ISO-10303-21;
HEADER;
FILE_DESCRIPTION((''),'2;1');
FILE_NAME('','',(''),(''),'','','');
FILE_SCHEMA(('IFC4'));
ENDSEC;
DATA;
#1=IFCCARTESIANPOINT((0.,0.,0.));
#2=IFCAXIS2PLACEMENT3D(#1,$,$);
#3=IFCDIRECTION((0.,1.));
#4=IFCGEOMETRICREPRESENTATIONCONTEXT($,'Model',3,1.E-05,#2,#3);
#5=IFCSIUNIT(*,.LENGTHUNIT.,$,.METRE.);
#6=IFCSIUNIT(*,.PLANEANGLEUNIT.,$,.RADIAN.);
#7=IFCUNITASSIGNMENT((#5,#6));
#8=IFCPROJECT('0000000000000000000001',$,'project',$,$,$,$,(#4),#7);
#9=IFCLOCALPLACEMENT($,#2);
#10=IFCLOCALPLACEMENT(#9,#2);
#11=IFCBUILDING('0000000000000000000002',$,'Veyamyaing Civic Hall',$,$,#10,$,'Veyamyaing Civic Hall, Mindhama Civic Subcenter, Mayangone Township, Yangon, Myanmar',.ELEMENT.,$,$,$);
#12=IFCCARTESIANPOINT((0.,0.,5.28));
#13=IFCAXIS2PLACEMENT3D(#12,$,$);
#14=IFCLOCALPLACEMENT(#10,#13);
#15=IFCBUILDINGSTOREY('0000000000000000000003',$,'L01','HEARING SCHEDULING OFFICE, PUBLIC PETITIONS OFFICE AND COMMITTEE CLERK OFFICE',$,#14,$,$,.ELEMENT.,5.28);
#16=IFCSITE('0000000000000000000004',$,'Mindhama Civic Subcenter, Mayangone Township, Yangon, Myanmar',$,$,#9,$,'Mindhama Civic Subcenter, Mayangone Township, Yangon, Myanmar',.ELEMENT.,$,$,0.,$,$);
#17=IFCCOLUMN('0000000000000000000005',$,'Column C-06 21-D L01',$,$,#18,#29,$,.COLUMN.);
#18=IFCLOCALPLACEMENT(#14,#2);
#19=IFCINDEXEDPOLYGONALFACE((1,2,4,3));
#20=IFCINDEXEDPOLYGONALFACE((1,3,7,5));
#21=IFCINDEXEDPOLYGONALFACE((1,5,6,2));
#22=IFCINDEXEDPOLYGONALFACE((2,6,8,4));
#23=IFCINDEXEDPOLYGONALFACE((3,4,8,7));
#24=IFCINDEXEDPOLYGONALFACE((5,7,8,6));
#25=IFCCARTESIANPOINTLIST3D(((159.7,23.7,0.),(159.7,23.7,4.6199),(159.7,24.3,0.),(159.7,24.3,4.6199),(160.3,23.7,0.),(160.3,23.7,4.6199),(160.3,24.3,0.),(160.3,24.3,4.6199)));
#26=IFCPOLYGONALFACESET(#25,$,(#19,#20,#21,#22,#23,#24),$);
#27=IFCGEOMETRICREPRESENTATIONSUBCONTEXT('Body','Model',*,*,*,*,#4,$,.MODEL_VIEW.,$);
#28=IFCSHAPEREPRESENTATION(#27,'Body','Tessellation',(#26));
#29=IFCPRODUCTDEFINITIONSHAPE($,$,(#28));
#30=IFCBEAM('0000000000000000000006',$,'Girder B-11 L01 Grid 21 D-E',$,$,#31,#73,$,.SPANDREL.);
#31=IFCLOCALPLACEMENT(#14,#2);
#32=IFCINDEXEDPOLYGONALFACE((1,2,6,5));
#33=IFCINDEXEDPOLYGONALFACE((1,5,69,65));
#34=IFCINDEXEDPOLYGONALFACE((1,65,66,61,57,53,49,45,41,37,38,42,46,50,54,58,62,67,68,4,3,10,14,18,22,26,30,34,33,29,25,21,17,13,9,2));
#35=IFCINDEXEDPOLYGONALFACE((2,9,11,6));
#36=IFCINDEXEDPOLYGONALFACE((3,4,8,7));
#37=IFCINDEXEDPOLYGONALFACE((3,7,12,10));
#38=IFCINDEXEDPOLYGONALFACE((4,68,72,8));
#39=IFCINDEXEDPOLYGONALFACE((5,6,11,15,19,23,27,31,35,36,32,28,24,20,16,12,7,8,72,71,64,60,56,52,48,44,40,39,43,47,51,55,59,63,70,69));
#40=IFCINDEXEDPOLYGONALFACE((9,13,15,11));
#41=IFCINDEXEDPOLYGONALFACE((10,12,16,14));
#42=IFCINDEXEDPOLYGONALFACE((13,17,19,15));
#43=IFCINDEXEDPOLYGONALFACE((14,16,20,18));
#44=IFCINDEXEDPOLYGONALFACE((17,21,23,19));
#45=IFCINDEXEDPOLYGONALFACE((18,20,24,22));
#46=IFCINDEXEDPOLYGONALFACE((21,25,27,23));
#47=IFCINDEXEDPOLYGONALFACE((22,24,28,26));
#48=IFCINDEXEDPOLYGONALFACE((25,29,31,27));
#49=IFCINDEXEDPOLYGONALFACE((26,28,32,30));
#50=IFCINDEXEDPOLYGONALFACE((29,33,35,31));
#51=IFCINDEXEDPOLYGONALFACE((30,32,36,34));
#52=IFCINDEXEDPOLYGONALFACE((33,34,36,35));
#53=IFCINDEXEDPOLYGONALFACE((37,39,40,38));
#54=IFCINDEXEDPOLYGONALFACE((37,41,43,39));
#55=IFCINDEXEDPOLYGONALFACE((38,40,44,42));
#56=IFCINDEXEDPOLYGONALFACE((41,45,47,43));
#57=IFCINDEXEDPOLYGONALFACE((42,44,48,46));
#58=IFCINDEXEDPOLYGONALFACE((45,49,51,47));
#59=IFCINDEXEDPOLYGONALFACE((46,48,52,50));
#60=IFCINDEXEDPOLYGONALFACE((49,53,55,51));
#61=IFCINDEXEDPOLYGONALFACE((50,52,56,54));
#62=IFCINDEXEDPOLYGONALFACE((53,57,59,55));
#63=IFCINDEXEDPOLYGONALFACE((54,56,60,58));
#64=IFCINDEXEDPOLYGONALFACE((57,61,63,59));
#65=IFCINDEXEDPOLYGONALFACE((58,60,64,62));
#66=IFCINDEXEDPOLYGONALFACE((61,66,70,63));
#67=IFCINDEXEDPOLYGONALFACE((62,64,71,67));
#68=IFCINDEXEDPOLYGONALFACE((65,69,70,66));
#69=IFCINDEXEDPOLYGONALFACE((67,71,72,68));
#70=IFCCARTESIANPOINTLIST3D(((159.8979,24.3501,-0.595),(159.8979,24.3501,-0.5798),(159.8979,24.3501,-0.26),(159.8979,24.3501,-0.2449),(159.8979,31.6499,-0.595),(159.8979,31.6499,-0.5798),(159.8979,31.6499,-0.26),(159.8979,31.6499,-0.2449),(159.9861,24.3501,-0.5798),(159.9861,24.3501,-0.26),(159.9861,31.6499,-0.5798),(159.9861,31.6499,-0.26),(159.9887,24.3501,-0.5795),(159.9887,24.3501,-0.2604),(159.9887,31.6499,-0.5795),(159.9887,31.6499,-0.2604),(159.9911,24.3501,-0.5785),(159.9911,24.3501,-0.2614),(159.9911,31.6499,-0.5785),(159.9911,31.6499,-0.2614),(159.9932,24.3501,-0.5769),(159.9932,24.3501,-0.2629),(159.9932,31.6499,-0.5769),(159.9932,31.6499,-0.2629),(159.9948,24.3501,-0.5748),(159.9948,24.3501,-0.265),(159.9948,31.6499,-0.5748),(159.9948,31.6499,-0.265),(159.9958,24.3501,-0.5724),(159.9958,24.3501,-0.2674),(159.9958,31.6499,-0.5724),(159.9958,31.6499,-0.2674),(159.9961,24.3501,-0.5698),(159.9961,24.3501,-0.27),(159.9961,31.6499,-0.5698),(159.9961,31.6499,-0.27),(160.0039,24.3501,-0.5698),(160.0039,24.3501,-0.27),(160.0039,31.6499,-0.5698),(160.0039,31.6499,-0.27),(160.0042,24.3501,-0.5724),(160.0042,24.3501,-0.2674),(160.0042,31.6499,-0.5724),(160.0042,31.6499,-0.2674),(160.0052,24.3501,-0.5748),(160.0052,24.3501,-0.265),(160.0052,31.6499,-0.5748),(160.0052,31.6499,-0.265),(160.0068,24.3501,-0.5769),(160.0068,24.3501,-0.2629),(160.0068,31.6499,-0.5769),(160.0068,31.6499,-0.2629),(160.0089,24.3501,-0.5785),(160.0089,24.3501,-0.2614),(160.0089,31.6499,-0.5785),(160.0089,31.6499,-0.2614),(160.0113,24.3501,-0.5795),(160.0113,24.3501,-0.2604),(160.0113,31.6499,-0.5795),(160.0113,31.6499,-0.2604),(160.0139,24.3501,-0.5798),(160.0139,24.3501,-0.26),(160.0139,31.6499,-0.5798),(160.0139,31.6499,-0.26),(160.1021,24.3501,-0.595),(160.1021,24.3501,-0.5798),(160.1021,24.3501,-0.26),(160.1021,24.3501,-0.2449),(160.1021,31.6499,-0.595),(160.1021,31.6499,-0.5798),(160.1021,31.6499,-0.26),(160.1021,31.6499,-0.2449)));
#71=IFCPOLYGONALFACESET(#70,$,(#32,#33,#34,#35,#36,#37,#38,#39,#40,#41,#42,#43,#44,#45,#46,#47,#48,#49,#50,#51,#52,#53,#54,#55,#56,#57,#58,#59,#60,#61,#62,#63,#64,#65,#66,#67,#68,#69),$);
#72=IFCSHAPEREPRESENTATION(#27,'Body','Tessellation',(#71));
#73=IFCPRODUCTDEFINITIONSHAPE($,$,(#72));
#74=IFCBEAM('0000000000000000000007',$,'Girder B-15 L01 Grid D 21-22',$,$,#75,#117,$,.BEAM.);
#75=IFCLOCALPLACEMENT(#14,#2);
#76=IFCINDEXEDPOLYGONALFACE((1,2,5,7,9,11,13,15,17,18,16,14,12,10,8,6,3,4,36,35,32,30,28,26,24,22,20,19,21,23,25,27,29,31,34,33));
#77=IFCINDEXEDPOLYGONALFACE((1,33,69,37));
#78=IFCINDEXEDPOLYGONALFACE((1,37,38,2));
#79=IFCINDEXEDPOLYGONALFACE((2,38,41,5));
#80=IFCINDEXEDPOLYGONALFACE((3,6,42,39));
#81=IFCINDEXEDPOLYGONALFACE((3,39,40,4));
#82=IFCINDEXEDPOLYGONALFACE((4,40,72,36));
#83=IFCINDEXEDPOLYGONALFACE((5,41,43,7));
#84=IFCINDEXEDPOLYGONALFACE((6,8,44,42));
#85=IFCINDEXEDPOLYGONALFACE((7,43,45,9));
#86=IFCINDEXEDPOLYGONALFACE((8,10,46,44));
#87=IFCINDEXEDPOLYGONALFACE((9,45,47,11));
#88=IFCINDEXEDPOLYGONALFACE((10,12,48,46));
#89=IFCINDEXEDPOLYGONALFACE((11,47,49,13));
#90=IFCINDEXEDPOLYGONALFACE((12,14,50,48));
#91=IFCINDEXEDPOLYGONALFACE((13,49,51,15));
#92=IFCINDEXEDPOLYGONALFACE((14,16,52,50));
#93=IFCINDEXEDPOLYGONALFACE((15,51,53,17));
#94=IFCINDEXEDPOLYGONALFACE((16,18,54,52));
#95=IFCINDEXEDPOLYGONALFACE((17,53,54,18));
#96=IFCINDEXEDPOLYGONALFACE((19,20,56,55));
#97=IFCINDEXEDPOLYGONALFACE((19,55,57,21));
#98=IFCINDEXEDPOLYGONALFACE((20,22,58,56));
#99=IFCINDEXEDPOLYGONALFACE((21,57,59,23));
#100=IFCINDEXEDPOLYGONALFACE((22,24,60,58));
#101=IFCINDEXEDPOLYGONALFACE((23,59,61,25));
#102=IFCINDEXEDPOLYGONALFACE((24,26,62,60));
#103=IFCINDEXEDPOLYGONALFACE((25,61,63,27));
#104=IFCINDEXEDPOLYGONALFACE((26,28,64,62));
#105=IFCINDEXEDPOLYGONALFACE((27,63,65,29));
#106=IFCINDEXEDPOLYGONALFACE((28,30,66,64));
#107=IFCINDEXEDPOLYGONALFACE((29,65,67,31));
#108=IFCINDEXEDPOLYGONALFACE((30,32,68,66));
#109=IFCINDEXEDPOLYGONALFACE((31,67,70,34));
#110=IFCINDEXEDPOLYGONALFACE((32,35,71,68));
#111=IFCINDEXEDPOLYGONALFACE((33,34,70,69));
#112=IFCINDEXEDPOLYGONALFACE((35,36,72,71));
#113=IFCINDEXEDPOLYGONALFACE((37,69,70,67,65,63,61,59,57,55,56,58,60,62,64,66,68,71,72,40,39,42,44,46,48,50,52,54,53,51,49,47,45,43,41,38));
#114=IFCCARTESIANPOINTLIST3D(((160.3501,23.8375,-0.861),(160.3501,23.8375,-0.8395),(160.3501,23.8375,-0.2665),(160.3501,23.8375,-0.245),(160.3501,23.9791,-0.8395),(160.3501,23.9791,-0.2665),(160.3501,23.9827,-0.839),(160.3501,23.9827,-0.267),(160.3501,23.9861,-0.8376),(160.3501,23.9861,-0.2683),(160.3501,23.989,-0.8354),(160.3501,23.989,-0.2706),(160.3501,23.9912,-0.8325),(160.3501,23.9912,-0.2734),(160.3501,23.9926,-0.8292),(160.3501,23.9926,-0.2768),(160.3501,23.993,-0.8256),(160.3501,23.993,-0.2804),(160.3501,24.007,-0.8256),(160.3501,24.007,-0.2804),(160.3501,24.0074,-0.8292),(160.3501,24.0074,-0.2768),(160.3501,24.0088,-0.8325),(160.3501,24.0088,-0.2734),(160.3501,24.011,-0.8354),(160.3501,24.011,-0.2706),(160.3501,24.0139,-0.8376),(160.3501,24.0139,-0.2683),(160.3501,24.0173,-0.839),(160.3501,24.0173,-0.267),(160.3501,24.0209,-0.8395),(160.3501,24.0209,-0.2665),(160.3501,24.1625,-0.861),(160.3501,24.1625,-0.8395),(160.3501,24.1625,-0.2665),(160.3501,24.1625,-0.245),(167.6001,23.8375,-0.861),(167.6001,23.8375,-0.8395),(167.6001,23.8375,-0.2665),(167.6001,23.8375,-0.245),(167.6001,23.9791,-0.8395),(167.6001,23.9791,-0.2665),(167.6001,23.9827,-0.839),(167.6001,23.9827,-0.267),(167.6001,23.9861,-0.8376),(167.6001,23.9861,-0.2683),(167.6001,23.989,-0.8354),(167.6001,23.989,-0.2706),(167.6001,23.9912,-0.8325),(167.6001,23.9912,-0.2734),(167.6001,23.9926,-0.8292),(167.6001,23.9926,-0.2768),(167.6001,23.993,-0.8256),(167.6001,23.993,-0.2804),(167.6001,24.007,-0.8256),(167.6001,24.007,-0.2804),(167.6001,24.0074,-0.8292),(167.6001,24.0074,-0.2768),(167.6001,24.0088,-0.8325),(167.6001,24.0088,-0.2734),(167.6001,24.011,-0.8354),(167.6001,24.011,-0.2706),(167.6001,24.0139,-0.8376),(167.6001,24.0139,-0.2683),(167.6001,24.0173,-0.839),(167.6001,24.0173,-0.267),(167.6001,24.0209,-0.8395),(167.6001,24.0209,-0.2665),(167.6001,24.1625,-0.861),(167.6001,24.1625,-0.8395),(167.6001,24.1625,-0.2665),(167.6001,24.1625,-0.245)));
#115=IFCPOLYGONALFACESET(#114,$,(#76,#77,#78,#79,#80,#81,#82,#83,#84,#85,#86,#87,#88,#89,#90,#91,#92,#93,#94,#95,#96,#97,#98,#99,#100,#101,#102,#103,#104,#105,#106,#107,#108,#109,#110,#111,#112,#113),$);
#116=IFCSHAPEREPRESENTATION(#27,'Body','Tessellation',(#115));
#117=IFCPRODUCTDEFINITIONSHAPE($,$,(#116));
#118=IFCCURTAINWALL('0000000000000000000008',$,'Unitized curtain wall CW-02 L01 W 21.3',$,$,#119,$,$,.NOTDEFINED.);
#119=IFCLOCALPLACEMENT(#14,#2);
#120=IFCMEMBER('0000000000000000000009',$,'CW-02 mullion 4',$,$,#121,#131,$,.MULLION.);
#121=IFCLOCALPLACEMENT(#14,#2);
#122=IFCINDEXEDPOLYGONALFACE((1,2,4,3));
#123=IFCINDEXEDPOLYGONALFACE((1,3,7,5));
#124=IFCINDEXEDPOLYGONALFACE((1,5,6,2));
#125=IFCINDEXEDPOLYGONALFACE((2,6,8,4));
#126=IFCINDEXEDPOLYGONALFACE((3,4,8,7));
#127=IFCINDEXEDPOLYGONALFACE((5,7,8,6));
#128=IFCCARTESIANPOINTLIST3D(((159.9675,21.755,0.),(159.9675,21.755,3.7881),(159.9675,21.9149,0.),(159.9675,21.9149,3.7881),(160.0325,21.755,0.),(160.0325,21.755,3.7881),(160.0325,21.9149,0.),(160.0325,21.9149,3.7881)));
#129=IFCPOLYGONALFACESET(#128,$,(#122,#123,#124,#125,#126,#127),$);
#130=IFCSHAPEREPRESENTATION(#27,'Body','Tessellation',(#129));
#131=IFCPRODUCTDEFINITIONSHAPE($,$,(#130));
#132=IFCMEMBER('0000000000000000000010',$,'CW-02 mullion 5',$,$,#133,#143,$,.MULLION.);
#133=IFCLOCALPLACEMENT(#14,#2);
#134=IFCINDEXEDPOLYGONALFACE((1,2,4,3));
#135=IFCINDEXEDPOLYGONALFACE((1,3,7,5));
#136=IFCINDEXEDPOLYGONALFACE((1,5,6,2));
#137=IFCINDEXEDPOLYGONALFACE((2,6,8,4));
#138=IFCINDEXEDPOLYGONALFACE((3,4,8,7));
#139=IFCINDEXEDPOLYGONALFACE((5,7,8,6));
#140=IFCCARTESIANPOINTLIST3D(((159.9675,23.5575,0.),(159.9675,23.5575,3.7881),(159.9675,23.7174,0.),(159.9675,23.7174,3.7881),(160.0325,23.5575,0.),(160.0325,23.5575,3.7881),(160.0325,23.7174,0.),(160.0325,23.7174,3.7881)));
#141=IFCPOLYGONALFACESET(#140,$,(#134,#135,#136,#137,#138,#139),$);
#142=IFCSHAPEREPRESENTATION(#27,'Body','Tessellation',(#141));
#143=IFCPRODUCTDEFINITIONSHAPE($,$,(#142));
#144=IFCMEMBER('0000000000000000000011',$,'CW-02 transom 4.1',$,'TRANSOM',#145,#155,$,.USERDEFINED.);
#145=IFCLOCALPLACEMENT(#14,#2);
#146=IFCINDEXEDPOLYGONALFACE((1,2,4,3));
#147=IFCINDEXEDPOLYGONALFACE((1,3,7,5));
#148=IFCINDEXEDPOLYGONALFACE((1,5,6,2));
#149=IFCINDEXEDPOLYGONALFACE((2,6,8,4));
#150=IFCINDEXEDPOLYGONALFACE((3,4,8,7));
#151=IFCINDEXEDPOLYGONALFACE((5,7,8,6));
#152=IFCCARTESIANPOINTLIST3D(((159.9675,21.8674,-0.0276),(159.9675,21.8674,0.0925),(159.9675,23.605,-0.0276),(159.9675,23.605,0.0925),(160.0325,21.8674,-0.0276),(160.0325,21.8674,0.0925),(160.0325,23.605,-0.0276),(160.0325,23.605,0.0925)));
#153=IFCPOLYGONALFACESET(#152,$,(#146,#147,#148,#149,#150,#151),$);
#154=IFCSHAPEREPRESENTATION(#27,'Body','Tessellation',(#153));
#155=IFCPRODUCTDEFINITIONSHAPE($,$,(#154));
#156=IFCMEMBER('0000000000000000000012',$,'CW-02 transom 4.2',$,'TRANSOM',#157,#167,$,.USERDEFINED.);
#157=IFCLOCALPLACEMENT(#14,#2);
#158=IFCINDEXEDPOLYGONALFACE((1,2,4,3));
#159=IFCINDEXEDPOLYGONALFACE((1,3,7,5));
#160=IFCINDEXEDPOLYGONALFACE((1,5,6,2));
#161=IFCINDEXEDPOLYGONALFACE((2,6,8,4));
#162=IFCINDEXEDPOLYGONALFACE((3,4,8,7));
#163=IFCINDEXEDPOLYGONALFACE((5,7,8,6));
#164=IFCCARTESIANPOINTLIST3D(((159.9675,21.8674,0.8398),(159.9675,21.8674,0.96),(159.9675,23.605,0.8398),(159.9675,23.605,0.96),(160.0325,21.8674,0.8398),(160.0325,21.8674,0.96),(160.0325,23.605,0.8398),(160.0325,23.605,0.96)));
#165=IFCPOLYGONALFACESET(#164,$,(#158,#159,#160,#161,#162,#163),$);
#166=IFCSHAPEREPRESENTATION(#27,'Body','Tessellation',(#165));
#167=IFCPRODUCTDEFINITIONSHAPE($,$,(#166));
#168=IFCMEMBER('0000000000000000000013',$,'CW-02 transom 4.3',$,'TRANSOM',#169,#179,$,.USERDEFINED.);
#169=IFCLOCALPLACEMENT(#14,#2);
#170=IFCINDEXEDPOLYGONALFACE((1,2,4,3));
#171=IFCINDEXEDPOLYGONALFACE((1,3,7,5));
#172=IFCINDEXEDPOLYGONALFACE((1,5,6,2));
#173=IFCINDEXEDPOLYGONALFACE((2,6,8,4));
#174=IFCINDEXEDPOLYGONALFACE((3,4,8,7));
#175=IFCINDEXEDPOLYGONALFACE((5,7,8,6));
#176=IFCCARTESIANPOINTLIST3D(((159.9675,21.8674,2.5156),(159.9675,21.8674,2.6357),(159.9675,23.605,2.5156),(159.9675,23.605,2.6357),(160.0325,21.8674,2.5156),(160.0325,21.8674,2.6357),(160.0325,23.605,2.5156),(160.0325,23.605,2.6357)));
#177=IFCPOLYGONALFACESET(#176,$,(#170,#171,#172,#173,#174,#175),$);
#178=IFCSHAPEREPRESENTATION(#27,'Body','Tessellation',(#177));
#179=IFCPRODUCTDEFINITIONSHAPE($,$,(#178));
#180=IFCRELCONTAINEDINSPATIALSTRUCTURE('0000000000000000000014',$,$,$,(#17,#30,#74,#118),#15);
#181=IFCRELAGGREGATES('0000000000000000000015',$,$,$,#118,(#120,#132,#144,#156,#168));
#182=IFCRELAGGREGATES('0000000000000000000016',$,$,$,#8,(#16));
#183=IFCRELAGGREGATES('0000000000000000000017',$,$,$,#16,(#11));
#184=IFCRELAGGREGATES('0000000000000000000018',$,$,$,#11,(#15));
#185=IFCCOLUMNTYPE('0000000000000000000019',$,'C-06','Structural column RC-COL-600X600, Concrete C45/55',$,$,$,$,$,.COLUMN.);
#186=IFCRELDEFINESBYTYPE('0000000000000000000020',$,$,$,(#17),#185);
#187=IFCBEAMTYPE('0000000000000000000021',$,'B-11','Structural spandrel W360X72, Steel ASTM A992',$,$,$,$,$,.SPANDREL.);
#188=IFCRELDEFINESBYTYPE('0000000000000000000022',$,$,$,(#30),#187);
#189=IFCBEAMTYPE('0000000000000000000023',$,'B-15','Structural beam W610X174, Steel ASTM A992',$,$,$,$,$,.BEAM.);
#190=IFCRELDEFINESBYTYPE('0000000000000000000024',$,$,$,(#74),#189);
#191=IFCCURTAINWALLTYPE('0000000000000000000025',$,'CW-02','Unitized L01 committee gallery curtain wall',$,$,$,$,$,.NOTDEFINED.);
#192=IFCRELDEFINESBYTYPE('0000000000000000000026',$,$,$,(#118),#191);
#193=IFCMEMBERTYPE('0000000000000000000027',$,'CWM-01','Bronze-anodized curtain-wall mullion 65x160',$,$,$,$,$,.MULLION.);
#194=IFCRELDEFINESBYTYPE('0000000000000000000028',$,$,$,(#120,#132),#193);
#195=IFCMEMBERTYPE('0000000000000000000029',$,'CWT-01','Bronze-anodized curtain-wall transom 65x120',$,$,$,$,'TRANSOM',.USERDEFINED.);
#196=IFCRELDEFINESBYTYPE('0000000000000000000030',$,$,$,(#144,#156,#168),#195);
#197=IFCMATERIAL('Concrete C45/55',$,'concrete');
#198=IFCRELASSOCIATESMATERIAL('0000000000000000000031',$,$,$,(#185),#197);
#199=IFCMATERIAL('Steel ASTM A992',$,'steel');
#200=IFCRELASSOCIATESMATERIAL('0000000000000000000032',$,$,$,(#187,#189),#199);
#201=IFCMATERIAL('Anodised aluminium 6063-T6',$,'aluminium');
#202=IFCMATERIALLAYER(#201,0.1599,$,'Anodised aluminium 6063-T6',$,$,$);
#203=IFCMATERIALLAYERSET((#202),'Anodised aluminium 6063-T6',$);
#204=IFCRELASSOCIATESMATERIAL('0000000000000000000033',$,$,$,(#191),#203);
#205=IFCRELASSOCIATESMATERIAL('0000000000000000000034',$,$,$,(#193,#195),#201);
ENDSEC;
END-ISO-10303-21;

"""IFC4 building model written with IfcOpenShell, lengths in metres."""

from ifc_helpers import new_model, si_unit, direction, frame, origin, origin_2d, place, context, subcontext, project, spatial, rectangle, i_section, extrude, material, layer, layer_set, material_profile, profile_set, type_object, element, aggregate, save


model = new_model("IFC4")

# Units and contexts
model_context = context("Model", 3, precision=1e-05, world=origin(), true_north=direction((0.0, 1.0)))
body_context = subcontext(model_context, "Body", "Model", "MODEL_VIEW")
ifc_project = project(units=[si_unit("LENGTHUNIT", "METRE"), si_unit("PLANEANGLEUNIT", "RADIAN")], contexts=[model_context])

# Site, building, storey
site_placement = place(None, origin())
site = spatial("IfcSite", under=ifc_project, at=site_placement, Name="Mindhama Civic Subcenter, Mayangone Township, Yangon, Myanmar", LongName="Mindhama Civic Subcenter, Mayangone Township, Yangon, Myanmar", CompositionType="ELEMENT", RefElevation=0.0)
building_placement = place(site_placement, origin())
building = spatial("IfcBuilding", under=site, at=building_placement, Name="Veyamyaing Civic Hall", LongName="Veyamyaing Civic Hall, Mindhama Civic Subcenter, Mayangone Township, Yangon, Myanmar", CompositionType="ELEMENT")
storey_placement = place(building_placement, frame((0.0, 0.0, 5.28)))
storey = spatial("IfcBuildingStorey", under=building, at=storey_placement, Name="L01", Description="HEARING SCHEDULING OFFICE, PUBLIC PETITIONS OFFICE AND COMMITTEE CLERK OFFICE", CompositionType="ELEMENT", Elevation=5.28)

# Column
ifc_material_1 = material(Name="Concrete C45/55", Category="concrete")
ifc_material_profile_1 = material_profile(ifc_material_1, rectangle(XDim=0.6001, YDim=0.6001, at=origin_2d()), Name="RC-COL-600X600")
ifc_profile_set_1 = profile_set([ifc_material_profile_1], Name="Concrete C45/55")
column_type = type_object("IfcColumnType", Name="C-06", Description="Structural column RC-COL-600X600, Concrete C45/55", PredefinedType="COLUMN", material=ifc_profile_set_1)
column_placement = place(storey_placement, frame((160.0, 24.0, 0.0), z_axis=(0.0, 0.0, 1.0), x_axis=(1.0, 0.0, 0.0)))
element("IfcColumn", 1, at=column_placement, inside=storey, type_object=column_type, Name="Column C-06 21-D L01", PredefinedType="COLUMN", context=body_context, shape_type="SweptSolid", body=[
    extrude(rectangle(XDim=0.6001, YDim=0.6001, at=origin_2d()), origin(), (0.0, 0.0, 1.0), 4.6199),
])

# Beams
ifc_material_2 = material(Name="Steel ASTM A992", Category="steel")
ifc_material_profile_2 = material_profile(ifc_material_2, i_section(OverallWidth=0.2041, OverallDepth=0.3501, WebThickness=0.0078, FlangeThickness=0.0151, FilletRadius=0.01, at=origin_2d()), Name="W360X72")
ifc_profile_set_2 = profile_set([ifc_material_profile_2], Name="Steel ASTM A992")
beam_type_1 = type_object("IfcBeamType", Name="B-11", Description="Structural spandrel W360X72, Steel ASTM A992", PredefinedType="SPANDREL", material=ifc_profile_set_2)
beam_1_placement = place(storey_placement, frame((160.0, 24.3501, -0.4199), z_axis=(0.0, 1.0, 0.0), x_axis=(-1.0, 0.0, 0.0)))
element("IfcBeam", 2, at=beam_1_placement, inside=storey, type_object=beam_type_1, Name="Girder B-11 L01 Grid 21 D-E", PredefinedType="SPANDREL", context=body_context, shape_type="SweptSolid", body=[
    extrude(i_section(OverallWidth=0.2041, OverallDepth=0.3501, WebThickness=0.0078, FlangeThickness=0.0151, FilletRadius=0.01, at=origin_2d()), origin(), (0.0, 0.0, 1.0), 7.2998),
])
ifc_material_profile_3 = material_profile(ifc_material_2, i_section(OverallWidth=0.325, OverallDepth=0.616, WebThickness=0.0139, FlangeThickness=0.0215, FilletRadius=0.0139, at=origin_2d()), Name="W610X174")
ifc_profile_set_3 = profile_set([ifc_material_profile_3], Name="Steel ASTM A992")
beam_type_2 = type_object("IfcBeamType", Name="B-15", Description="Structural beam W610X174, Steel ASTM A992", PredefinedType="BEAM", material=ifc_profile_set_3)
beam_2_placement = place(storey_placement, frame((160.3501, 24.0, -0.553), z_axis=(1.0, 0.0, 0.0), x_axis=(0.0, 1.0, 0.0)))
element("IfcBeam", 3, at=beam_2_placement, inside=storey, type_object=beam_type_2, Name="Girder B-15 L01 Grid D 21-22", PredefinedType="BEAM", context=body_context, shape_type="SweptSolid", body=[
    extrude(i_section(OverallWidth=0.325, OverallDepth=0.616, WebThickness=0.0139, FlangeThickness=0.0215, FilletRadius=0.0139, at=origin_2d()), origin(), (0.0, 0.0, 1.0), 7.25),
])

# Curtain wall, members
ifc_material_3 = material(Name="Anodised aluminium 6063-T6", Category="aluminium")
ifc_layer_1 = layer(ifc_material_3, 0.1599, Name="Anodised aluminium 6063-T6")
ifc_layer_set_1 = layer_set([ifc_layer_1], Name="Anodised aluminium 6063-T6")
curtain_wall_type = type_object("IfcCurtainWallType", Name="CW-02", Description="Unitized L01 committee gallery curtain wall", PredefinedType="NOTDEFINED", material=ifc_layer_set_1)
curtain_wall_placement = place(storey_placement, origin())
curtain_wall = element("IfcCurtainWall", 4, at=curtain_wall_placement, inside=storey, type_object=curtain_wall_type, Name="Unitized curtain wall CW-02 L01 W 21.3", PredefinedType="NOTDEFINED")
ifc_material_profile_4 = material_profile(ifc_material_3, rectangle(XDim=0.0649, YDim=0.1599, at=origin_2d()), Name="ALU-MUL-65X160")
ifc_profile_set_4 = profile_set([ifc_material_profile_4], Name="Anodised aluminium 6063-T6")
member_type_1 = type_object("IfcMemberType", Name="CWM-01", Description="Bronze-anodized curtain-wall mullion 65x160", PredefinedType="MULLION", material=ifc_profile_set_4)
member_1_placement = place(storey_placement, frame((160.0, 21.835, 0.0), z_axis=(0.0, 0.0, 1.0), x_axis=(-1.0, 0.0, 0.0)))
member_1 = element("IfcMember", 5, at=member_1_placement, type_object=member_type_1, Name="CW-02 mullion 4", PredefinedType="MULLION", context=body_context, shape_type="SweptSolid", body=[
    extrude(rectangle(XDim=0.0649, YDim=0.1599, at=origin_2d()), origin(), (0.0, 0.0, 1.0), 3.7881),
])
member_2_placement = place(storey_placement, frame((160.0, 23.6375, 0.0), z_axis=(0.0, 0.0, 1.0), x_axis=(-1.0, 0.0, 0.0)))
member_2 = element("IfcMember", 6, at=member_2_placement, type_object=member_type_1, Name="CW-02 mullion 5", PredefinedType="MULLION", context=body_context, shape_type="SweptSolid", body=[
    extrude(rectangle(XDim=0.0649, YDim=0.1599, at=origin_2d()), origin(), (0.0, 0.0, 1.0), 3.7881),
])
ifc_material_profile_5 = material_profile(ifc_material_3, rectangle(XDim=0.0649, YDim=0.1201, at=origin_2d()), Name="ALU-TRN-65X120")
ifc_profile_set_5 = profile_set([ifc_material_profile_5], Name="Anodised aluminium 6063-T6")
member_type_2 = type_object("IfcMemberType", Name="CWT-01", Description="Bronze-anodized curtain-wall transom 65x120", ElementType="TRANSOM", PredefinedType="USERDEFINED", material=ifc_profile_set_5)
member_3_placement = place(storey_placement, frame((160.0, 21.8674, 0.0325), z_axis=(0.0, 1.0, 0.0), x_axis=(-1.0, 0.0, 0.0)))
member_3 = element("IfcMember", 7, at=member_3_placement, type_object=member_type_2, Name="CW-02 transom 4.1", ObjectType="TRANSOM", PredefinedType="USERDEFINED", context=body_context, shape_type="SweptSolid", body=[
    extrude(rectangle(XDim=0.0649, YDim=0.1201, at=origin_2d()), origin(), (0.0, 0.0, 1.0), 1.7375),
])
member_4_placement = place(storey_placement, frame((160.0, 21.8674, 0.8999), z_axis=(0.0, 1.0, 0.0), x_axis=(-1.0, 0.0, 0.0)))
member_4 = element("IfcMember", 8, at=member_4_placement, type_object=member_type_2, Name="CW-02 transom 4.2", ObjectType="TRANSOM", PredefinedType="USERDEFINED", context=body_context, shape_type="SweptSolid", body=[
    extrude(rectangle(XDim=0.0649, YDim=0.1201, at=origin_2d()), origin(), (0.0, 0.0, 1.0), 1.7375),
])
member_5_placement = place(storey_placement, frame((160.0, 21.8674, 2.5757), z_axis=(0.0, 1.0, 0.0), x_axis=(-1.0, 0.0, 0.0)))
member_5 = element("IfcMember", 9, at=member_5_placement, type_object=member_type_2, Name="CW-02 transom 4.3", ObjectType="TRANSOM", PredefinedType="USERDEFINED", context=body_context, shape_type="SweptSolid", body=[
    extrude(rectangle(XDim=0.0649, YDim=0.1201, at=origin_2d()), origin(), (0.0, 0.0, 1.0), 1.7375),
])

aggregate(curtain_wall, [member_1, member_2, member_3, member_4, member_5])

save(model, "model.ifc")
